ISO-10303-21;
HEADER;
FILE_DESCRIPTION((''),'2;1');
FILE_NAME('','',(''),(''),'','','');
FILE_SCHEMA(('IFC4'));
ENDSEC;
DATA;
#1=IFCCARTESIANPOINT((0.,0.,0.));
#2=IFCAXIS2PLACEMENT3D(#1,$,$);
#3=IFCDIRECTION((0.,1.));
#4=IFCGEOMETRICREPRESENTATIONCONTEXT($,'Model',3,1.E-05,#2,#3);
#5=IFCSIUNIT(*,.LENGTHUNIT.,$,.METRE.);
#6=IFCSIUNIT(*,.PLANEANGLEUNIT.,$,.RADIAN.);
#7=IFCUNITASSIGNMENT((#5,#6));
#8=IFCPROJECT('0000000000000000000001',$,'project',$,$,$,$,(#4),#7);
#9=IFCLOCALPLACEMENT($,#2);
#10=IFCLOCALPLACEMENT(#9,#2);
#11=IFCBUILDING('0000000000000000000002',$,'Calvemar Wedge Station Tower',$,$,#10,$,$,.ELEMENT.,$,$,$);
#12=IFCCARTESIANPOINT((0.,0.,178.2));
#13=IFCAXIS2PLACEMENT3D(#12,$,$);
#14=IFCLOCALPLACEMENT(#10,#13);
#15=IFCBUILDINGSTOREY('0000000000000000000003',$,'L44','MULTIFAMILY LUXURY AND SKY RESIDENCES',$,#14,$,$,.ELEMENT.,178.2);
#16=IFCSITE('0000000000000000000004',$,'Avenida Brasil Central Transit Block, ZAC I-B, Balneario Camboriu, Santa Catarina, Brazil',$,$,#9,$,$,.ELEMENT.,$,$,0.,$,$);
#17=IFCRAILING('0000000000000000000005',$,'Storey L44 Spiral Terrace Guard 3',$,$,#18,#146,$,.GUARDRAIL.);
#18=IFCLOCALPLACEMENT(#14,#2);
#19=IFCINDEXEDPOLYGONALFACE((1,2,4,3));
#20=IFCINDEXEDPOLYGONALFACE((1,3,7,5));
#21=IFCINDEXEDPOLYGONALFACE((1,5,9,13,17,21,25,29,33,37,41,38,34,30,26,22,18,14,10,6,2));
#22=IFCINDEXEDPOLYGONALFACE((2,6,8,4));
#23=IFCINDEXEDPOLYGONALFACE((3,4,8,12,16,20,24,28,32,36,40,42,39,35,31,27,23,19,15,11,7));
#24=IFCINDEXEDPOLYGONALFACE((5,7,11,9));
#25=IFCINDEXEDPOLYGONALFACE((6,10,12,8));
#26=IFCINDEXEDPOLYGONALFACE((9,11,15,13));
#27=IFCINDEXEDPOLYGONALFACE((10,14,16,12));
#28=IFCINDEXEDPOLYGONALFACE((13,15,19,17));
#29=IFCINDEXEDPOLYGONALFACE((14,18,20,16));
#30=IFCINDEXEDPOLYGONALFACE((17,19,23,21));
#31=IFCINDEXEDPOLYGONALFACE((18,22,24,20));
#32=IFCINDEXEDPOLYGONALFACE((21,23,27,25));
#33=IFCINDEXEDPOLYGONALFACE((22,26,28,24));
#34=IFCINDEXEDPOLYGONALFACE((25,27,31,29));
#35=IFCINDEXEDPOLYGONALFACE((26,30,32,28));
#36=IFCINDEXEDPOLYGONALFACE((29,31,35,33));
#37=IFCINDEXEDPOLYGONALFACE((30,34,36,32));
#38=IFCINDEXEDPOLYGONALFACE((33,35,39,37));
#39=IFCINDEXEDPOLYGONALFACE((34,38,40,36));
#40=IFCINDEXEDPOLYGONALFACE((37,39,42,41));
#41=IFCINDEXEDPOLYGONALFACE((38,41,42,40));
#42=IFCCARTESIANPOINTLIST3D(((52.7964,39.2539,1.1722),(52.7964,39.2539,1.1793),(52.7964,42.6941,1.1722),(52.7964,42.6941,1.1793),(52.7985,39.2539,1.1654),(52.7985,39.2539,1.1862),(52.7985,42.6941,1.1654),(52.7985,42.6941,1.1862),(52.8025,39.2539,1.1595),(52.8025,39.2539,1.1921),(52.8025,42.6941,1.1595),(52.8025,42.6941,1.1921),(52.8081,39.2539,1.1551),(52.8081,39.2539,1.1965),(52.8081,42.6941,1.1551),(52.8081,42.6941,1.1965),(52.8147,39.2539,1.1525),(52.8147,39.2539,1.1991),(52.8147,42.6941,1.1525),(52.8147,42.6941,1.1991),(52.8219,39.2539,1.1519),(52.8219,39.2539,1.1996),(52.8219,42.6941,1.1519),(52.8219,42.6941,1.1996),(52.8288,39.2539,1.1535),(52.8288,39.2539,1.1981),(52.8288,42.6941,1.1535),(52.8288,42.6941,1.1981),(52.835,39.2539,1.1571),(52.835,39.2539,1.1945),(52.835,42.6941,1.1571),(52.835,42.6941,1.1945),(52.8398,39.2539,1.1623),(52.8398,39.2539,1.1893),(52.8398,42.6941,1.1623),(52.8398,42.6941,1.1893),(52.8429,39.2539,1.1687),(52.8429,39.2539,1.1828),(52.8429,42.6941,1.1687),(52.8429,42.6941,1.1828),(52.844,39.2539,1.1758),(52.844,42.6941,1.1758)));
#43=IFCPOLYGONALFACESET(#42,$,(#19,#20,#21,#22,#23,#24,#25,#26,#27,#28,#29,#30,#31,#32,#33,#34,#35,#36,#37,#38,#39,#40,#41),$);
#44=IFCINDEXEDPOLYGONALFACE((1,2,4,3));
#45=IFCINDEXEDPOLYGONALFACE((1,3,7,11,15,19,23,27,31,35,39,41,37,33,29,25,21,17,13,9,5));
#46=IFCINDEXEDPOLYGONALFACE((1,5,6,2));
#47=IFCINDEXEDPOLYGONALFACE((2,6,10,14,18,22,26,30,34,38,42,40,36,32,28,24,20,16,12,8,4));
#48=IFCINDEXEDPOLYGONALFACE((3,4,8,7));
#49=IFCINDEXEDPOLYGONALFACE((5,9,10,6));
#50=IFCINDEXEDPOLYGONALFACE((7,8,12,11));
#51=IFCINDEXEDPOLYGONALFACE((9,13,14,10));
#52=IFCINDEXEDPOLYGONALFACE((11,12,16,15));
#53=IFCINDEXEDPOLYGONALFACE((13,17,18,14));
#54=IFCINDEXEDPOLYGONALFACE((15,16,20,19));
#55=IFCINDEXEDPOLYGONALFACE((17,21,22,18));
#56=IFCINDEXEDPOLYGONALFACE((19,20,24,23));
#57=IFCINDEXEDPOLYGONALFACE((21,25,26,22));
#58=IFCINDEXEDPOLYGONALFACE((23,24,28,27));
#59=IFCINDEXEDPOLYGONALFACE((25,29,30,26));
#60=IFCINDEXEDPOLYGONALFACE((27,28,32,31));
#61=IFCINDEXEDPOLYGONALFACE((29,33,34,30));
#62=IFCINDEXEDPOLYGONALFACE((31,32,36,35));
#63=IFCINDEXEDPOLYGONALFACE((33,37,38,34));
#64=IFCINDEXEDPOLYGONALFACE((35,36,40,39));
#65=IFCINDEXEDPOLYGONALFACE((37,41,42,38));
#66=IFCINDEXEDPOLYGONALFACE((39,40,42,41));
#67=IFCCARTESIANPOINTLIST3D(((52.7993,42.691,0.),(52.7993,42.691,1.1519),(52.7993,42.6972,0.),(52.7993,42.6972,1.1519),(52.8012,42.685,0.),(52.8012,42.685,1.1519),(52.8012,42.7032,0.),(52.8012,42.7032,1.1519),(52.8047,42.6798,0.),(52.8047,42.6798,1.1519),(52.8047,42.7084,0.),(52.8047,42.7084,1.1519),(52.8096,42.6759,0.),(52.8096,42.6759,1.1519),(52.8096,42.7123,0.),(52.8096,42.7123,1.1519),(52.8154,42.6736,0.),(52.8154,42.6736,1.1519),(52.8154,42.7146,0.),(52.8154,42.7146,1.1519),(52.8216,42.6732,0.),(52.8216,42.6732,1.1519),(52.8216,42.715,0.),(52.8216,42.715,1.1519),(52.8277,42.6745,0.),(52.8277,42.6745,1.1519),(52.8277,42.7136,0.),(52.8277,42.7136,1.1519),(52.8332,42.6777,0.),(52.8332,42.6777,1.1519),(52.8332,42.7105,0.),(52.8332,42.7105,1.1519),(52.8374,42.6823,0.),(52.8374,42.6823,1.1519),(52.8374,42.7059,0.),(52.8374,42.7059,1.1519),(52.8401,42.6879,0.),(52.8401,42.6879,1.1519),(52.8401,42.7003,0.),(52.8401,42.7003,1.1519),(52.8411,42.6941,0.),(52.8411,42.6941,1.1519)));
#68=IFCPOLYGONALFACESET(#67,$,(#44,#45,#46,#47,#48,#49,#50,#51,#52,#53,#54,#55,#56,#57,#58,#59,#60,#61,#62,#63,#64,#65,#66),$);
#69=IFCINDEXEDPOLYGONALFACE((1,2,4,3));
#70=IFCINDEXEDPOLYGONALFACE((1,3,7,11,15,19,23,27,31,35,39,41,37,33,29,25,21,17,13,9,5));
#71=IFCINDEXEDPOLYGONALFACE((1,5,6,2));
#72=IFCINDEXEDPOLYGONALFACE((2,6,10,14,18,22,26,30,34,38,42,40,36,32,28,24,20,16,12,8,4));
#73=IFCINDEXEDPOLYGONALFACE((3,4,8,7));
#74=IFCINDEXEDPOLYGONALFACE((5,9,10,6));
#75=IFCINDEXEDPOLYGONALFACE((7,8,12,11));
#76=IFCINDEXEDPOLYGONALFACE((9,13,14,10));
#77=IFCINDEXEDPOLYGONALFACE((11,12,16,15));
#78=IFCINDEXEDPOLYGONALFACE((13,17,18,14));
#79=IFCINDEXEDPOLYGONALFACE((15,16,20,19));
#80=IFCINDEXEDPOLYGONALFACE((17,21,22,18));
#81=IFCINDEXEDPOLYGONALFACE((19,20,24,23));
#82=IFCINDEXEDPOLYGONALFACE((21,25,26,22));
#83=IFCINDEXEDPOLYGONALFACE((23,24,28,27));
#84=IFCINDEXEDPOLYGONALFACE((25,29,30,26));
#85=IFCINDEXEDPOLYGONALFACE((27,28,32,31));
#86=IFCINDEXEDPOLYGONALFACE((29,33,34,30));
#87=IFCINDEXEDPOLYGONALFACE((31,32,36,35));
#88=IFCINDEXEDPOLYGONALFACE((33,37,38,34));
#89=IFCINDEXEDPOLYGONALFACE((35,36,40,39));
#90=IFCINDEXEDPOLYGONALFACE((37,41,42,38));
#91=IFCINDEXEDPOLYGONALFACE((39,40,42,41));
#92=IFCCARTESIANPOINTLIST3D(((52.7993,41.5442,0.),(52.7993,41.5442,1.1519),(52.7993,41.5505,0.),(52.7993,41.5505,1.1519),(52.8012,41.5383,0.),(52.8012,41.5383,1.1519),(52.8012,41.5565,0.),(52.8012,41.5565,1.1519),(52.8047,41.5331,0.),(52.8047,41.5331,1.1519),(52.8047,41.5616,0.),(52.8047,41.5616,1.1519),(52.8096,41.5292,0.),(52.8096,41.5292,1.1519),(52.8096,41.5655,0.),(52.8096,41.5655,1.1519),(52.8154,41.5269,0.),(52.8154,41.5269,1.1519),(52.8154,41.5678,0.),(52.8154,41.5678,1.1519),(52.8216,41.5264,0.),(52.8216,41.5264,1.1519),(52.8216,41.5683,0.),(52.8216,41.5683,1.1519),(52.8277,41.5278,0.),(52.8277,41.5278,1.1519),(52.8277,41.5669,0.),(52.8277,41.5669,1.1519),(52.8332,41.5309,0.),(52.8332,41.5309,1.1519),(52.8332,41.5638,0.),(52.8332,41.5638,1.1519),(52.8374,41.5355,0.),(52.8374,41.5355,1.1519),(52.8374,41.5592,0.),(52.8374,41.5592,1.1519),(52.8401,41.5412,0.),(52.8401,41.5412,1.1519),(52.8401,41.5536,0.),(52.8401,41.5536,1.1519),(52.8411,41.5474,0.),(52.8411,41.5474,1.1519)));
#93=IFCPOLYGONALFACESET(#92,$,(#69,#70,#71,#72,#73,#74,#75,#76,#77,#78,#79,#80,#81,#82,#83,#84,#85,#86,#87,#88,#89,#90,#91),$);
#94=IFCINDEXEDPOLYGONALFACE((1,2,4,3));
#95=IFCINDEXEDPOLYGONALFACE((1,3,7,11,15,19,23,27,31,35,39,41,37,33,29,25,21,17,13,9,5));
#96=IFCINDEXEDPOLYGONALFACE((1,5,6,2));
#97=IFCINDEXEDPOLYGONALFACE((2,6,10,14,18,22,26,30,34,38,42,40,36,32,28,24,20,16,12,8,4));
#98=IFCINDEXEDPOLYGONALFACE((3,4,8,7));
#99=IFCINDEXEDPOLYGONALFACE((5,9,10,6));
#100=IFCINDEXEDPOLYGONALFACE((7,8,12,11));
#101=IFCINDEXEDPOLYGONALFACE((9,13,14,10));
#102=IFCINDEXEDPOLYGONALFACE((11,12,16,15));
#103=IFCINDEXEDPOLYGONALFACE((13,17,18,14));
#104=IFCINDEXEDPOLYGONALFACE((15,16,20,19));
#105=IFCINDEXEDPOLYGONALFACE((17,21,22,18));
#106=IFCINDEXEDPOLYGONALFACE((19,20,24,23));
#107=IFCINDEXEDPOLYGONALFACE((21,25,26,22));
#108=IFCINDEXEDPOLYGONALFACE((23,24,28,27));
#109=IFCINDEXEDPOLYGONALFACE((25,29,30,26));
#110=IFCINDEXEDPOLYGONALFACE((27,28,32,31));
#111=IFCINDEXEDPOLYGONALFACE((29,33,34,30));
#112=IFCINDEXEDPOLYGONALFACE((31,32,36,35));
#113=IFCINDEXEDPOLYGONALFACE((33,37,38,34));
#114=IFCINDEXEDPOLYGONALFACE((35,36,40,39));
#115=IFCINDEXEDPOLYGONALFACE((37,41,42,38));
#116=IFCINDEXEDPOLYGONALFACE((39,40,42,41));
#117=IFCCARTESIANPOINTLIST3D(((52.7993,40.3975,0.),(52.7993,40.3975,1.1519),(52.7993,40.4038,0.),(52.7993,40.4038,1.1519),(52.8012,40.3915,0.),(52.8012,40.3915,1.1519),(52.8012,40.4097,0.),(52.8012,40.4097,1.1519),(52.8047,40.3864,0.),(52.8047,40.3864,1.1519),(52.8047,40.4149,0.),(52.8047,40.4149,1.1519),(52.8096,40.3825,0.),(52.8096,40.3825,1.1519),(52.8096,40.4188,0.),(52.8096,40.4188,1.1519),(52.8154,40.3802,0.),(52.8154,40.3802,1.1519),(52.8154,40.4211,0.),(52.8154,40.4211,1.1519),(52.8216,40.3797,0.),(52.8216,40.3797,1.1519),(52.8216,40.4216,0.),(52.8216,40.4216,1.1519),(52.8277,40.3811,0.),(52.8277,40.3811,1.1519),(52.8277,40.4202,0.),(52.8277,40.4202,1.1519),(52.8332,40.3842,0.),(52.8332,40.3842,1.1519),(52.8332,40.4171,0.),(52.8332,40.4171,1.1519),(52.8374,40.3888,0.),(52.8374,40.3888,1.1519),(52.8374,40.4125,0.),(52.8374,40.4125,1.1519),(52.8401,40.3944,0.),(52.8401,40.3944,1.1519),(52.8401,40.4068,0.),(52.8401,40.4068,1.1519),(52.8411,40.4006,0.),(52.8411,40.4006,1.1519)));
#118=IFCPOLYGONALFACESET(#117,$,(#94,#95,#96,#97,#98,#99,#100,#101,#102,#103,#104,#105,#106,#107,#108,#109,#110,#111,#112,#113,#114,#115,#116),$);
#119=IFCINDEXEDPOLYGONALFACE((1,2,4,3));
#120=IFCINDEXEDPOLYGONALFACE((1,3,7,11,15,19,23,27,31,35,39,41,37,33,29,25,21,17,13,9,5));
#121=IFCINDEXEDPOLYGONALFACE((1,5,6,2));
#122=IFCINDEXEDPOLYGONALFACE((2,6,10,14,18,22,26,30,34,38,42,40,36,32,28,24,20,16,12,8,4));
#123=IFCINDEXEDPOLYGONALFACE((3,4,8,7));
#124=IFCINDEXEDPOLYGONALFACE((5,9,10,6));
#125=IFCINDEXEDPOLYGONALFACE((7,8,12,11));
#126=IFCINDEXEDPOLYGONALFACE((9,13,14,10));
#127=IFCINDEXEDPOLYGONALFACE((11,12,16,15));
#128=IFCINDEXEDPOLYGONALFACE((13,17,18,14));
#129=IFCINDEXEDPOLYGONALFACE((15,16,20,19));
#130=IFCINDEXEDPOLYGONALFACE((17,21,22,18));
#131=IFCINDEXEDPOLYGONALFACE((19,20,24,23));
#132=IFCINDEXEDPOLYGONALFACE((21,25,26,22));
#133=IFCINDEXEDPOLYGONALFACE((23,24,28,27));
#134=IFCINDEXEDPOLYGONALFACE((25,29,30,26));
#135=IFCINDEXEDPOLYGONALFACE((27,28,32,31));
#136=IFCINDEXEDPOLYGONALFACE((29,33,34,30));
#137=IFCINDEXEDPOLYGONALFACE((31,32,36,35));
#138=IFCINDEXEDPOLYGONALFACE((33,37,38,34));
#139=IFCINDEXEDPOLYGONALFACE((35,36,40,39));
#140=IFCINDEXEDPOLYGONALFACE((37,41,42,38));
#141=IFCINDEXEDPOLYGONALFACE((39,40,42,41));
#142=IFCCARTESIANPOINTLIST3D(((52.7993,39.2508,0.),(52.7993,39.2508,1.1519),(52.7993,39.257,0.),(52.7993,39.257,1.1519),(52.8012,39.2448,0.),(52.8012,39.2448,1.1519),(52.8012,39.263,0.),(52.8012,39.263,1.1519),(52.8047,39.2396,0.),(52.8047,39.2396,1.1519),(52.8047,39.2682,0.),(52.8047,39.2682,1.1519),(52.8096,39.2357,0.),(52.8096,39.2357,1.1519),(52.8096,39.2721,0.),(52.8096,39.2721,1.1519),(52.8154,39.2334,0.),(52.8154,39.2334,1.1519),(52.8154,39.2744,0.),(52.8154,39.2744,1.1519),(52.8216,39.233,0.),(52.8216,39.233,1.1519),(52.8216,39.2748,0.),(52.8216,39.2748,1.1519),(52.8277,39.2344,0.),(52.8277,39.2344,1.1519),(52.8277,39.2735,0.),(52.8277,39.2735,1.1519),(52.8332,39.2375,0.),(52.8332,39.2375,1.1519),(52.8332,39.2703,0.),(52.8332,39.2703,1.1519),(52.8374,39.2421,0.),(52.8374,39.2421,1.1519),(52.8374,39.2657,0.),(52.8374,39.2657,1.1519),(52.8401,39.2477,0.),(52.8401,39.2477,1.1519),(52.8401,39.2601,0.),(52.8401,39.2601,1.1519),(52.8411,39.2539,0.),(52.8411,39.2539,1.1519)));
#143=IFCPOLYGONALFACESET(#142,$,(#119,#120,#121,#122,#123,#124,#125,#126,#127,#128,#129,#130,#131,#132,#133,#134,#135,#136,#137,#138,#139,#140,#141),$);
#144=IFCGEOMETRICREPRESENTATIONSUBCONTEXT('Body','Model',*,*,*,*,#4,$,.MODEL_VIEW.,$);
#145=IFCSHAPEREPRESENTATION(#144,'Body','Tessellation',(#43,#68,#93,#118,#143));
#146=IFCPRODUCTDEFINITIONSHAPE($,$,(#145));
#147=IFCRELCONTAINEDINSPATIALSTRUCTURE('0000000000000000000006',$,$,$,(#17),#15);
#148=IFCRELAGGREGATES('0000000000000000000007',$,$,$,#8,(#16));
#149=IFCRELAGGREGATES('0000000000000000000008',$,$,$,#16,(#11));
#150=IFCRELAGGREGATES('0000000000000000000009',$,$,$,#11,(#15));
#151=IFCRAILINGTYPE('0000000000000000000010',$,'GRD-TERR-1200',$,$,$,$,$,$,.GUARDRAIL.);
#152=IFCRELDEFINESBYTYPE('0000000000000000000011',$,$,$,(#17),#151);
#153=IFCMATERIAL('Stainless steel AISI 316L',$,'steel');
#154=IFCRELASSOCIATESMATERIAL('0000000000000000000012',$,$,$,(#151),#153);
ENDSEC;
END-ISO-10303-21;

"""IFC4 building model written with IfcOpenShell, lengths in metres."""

from ifc_helpers import new_model, si_unit, direction, frame, origin, origin_2d, place, context, subcontext, project, spatial, circle, extrude, material, type_object, element, save


model = new_model("IFC4")

# Units and contexts
model_context = context("Model", 3, precision=1e-05, world=origin(), true_north=direction((0.0, 1.0)))
body_context = subcontext(model_context, "Body", "Model", "MODEL_VIEW")
ifc_project = project(units=[si_unit("LENGTHUNIT", "METRE"), si_unit("PLANEANGLEUNIT", "RADIAN")], contexts=[model_context])

# Site, building, storey
site_placement = place(None, origin())
site = spatial("IfcSite", under=ifc_project, at=site_placement, Name="Avenida Brasil Central Transit Block, ZAC I-B, Balneario Camboriu, Santa Catarina, Brazil", CompositionType="ELEMENT", RefElevation=0.0)
building_placement = place(site_placement, origin())
building = spatial("IfcBuilding", under=site, at=building_placement, Name="Calvemar Wedge Station Tower", CompositionType="ELEMENT")
storey_placement = place(building_placement, frame((0.0, 0.0, 178.2)))
storey = spatial("IfcBuildingStorey", under=building, at=storey_placement, Name="L44", Description="MULTIFAMILY LUXURY AND SKY RESIDENCES", CompositionType="ELEMENT", Elevation=178.2)

# Railing
ifc_material_1 = material(Name="Stainless steel AISI 316L", Category="steel")
railing_type = type_object("IfcRailingType", Name="GRD-TERR-1200", PredefinedType="GUARDRAIL", material=ifc_material_1)
railing_1_placement = place(storey_placement, frame((52.8201, 42.6941, 0.0)))
element("IfcRailing", 1, at=railing_1_placement, inside=storey, type_object=railing_type, Name="Storey L44 Spiral Terrace Guard 3", PredefinedType="GUARDRAIL", context=body_context, shape_type="SweptSolid", body=[
    extrude(circle(Radius=0.0239, at=origin_2d()), frame((0.0, 0.0, 1.1758), z_axis=(0.0, -1.0, 0.0), x_axis=(1.0, 0.0, 0.0)), (0.0, 0.0, 1.0), 3.4402),
    extrude(circle(Radius=0.021, at=origin_2d()), origin(), (0.0, 0.0, 1.0), 1.1519),
    extrude(circle(Radius=0.021, at=origin_2d()), frame((0.0, -1.1467, 0.0)), (0.0, 0.0, 1.0), 1.1519),
    extrude(circle(Radius=0.021, at=origin_2d()), frame((0.0, -2.2935, 0.0)), (0.0, 0.0, 1.0), 1.1519),
    extrude(circle(Radius=0.021, at=origin_2d()), frame((0.0, -3.4402, 0.0)), (0.0, 0.0, 1.0), 1.1519),
])

save(model, "model.ifc")
